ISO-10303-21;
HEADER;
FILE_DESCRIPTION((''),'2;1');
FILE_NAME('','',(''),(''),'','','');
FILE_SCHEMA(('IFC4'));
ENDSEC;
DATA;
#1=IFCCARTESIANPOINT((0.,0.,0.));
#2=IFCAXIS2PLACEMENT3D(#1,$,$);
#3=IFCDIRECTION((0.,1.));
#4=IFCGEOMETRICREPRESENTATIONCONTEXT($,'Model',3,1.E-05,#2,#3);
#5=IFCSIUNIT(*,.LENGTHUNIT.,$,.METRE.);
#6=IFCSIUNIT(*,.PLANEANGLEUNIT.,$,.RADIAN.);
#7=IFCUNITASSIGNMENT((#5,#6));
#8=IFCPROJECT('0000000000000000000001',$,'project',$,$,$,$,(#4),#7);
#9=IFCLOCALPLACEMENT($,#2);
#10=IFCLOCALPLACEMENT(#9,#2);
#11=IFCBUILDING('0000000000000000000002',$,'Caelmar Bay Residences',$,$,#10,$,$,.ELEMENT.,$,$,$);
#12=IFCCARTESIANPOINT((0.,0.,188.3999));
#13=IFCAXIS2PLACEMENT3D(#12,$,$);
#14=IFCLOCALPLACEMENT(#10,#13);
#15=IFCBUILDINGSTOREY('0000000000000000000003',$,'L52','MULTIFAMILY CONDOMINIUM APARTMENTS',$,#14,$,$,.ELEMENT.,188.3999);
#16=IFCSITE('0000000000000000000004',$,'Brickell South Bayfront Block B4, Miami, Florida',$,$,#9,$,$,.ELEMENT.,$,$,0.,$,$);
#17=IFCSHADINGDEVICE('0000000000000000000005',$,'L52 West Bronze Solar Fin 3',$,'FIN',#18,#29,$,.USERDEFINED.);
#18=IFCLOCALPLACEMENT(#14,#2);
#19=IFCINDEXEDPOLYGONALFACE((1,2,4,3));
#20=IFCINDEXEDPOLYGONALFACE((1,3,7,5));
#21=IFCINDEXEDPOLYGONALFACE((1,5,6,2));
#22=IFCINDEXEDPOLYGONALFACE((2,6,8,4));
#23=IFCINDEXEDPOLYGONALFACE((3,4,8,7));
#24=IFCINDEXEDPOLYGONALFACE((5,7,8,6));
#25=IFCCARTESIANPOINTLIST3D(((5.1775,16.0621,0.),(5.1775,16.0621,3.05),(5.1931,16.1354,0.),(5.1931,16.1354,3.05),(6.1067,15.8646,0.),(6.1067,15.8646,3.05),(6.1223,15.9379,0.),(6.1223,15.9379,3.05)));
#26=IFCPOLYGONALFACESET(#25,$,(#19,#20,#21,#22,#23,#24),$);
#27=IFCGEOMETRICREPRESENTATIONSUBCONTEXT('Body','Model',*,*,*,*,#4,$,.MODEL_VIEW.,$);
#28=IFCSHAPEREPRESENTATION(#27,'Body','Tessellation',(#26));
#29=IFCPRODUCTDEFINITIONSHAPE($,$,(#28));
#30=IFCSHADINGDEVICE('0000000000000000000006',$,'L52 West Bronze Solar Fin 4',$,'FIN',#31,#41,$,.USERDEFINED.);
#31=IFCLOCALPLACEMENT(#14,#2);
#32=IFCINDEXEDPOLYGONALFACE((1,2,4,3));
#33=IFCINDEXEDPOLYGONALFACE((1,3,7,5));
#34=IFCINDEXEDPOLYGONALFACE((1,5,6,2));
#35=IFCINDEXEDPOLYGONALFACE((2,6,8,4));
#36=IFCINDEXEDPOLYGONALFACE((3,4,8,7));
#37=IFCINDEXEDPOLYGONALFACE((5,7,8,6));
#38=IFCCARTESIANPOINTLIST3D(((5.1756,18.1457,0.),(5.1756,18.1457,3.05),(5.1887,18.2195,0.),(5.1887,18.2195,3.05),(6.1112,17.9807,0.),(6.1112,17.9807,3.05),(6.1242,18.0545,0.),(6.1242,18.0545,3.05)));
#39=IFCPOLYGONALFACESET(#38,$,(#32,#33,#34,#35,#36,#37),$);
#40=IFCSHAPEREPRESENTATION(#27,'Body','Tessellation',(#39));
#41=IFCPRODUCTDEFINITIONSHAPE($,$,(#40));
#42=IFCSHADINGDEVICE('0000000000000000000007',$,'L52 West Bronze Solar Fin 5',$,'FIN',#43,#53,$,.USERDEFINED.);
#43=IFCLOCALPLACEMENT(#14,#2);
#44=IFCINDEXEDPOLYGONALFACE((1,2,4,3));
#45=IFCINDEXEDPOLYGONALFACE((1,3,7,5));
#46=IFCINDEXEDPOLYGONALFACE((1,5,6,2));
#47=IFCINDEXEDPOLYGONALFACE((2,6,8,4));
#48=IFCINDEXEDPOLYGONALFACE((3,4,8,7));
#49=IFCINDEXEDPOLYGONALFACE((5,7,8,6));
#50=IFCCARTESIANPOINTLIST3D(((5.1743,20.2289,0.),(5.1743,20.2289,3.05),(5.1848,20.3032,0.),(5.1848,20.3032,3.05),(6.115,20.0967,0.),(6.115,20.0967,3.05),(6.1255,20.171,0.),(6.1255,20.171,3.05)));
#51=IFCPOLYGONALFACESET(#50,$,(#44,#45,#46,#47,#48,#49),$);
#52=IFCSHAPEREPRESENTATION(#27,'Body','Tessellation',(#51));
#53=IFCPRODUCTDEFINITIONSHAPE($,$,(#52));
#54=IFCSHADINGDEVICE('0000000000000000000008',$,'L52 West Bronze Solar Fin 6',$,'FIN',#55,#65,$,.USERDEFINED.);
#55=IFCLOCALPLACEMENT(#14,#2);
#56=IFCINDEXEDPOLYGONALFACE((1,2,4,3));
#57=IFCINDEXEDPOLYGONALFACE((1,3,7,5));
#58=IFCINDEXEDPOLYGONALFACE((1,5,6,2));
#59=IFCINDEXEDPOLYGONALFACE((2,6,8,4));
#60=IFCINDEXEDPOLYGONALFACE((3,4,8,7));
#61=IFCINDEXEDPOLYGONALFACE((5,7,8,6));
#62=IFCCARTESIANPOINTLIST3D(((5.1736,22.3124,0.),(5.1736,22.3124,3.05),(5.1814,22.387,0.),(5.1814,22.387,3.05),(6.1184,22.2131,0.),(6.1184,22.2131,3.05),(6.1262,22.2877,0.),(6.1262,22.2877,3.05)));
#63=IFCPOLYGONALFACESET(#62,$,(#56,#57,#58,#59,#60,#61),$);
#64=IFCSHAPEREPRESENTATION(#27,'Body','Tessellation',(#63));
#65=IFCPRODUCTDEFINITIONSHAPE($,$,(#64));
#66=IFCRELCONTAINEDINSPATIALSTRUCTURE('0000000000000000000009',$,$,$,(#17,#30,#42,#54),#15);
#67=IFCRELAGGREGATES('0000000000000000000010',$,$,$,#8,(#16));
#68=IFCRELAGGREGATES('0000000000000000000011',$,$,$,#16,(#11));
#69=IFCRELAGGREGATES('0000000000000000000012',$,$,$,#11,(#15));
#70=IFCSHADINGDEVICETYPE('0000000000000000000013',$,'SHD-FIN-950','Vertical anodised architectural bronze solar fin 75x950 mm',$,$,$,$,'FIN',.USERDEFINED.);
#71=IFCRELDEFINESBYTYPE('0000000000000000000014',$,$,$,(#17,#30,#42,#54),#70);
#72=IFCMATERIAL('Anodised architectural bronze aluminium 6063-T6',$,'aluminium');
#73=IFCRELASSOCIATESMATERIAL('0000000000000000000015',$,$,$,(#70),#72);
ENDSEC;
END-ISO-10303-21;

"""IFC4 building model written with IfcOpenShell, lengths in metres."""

from ifc_helpers import new_model, si_unit, direction, frame, origin, origin_2d, place, context, subcontext, project, spatial, rectangle, extrude, material, material_profile, profile_set, type_object, element, save


model = new_model("IFC4")

# Units and contexts
model_context = context("Model", 3, precision=1e-05, world=origin(), true_north=direction((0.0, 1.0)))
body_context = subcontext(model_context, "Body", "Model", "MODEL_VIEW")
ifc_project = project(units=[si_unit("LENGTHUNIT", "METRE"), si_unit("PLANEANGLEUNIT", "RADIAN")], contexts=[model_context])

# Site, building, storey
site_placement = place(None, origin())
site = spatial("IfcSite", under=ifc_project, at=site_placement, Name="Brickell South Bayfront Block B4, Miami, Florida", CompositionType="ELEMENT", RefElevation=0.0)
building_placement = place(site_placement, origin())
building = spatial("IfcBuilding", under=site, at=building_placement, Name="Caelmar Bay Residences", CompositionType="ELEMENT")
storey_placement = place(building_placement, frame((0.0, 0.0, 188.3999)))
storey = spatial("IfcBuildingStorey", under=building, at=storey_placement, Name="L52", Description="MULTIFAMILY CONDOMINIUM APARTMENTS", CompositionType="ELEMENT", Elevation=188.3999)

# Shading devices
ifc_material_1 = material(Name="Anodised architectural bronze aluminium 6063-T6", Category="aluminium")
ifc_material_profile_1 = material_profile(ifc_material_1, rectangle(XDim=0.075, YDim=0.95, at=origin_2d()), Name="BRONZE-FIN-75X950")
ifc_profile_set_1 = profile_set([ifc_material_profile_1], Name="Anodised architectural bronze aluminium 6063-T6")
shading_device_type = type_object("IfcShadingDeviceType", Name="SHD-FIN-950", Description="Vertical anodised architectural bronze solar fin 75x950 mm", ElementType="FIN", PredefinedType="USERDEFINED", material=ifc_profile_set_1)
for number, where, z_axis, x_axis, name in (
    (1, (5.6499, 16.0, 0.0), (0.0, 0.0, 1.0), (0.207912, 0.978148, 0.0), "L52 West Bronze Solar Fin 3"),
    (2, (5.6499, 18.1001, 0.0), (0.0, 0.0, 1.0), (0.173648, 0.984808, 0.0), "L52 West Bronze Solar Fin 4"),
    (3, (5.6499, 20.2, 0.0), (0.0, 0.0, 1.0), (0.139173, 0.990268, 0.0), "L52 West Bronze Solar Fin 5"),
    (4, (5.6499, 22.3, 0.0), (0.0, 0.0, 1.0), (0.104528, 0.994522, 0.0), "L52 West Bronze Solar Fin 6"),
):
    element("IfcShadingDevice", number, at=place(storey_placement, frame(where, z_axis=z_axis, x_axis=x_axis)), inside=storey, type_object=shading_device_type, Name=name, ObjectType="FIN", PredefinedType="USERDEFINED", context=body_context, shape_type="SweptSolid", body=[
        extrude(rectangle(XDim=0.075, YDim=0.95, at=origin_2d()), origin(), (0.0, 0.0, 1.0), 3.05),
    ])

save(model, "model.ifc")
